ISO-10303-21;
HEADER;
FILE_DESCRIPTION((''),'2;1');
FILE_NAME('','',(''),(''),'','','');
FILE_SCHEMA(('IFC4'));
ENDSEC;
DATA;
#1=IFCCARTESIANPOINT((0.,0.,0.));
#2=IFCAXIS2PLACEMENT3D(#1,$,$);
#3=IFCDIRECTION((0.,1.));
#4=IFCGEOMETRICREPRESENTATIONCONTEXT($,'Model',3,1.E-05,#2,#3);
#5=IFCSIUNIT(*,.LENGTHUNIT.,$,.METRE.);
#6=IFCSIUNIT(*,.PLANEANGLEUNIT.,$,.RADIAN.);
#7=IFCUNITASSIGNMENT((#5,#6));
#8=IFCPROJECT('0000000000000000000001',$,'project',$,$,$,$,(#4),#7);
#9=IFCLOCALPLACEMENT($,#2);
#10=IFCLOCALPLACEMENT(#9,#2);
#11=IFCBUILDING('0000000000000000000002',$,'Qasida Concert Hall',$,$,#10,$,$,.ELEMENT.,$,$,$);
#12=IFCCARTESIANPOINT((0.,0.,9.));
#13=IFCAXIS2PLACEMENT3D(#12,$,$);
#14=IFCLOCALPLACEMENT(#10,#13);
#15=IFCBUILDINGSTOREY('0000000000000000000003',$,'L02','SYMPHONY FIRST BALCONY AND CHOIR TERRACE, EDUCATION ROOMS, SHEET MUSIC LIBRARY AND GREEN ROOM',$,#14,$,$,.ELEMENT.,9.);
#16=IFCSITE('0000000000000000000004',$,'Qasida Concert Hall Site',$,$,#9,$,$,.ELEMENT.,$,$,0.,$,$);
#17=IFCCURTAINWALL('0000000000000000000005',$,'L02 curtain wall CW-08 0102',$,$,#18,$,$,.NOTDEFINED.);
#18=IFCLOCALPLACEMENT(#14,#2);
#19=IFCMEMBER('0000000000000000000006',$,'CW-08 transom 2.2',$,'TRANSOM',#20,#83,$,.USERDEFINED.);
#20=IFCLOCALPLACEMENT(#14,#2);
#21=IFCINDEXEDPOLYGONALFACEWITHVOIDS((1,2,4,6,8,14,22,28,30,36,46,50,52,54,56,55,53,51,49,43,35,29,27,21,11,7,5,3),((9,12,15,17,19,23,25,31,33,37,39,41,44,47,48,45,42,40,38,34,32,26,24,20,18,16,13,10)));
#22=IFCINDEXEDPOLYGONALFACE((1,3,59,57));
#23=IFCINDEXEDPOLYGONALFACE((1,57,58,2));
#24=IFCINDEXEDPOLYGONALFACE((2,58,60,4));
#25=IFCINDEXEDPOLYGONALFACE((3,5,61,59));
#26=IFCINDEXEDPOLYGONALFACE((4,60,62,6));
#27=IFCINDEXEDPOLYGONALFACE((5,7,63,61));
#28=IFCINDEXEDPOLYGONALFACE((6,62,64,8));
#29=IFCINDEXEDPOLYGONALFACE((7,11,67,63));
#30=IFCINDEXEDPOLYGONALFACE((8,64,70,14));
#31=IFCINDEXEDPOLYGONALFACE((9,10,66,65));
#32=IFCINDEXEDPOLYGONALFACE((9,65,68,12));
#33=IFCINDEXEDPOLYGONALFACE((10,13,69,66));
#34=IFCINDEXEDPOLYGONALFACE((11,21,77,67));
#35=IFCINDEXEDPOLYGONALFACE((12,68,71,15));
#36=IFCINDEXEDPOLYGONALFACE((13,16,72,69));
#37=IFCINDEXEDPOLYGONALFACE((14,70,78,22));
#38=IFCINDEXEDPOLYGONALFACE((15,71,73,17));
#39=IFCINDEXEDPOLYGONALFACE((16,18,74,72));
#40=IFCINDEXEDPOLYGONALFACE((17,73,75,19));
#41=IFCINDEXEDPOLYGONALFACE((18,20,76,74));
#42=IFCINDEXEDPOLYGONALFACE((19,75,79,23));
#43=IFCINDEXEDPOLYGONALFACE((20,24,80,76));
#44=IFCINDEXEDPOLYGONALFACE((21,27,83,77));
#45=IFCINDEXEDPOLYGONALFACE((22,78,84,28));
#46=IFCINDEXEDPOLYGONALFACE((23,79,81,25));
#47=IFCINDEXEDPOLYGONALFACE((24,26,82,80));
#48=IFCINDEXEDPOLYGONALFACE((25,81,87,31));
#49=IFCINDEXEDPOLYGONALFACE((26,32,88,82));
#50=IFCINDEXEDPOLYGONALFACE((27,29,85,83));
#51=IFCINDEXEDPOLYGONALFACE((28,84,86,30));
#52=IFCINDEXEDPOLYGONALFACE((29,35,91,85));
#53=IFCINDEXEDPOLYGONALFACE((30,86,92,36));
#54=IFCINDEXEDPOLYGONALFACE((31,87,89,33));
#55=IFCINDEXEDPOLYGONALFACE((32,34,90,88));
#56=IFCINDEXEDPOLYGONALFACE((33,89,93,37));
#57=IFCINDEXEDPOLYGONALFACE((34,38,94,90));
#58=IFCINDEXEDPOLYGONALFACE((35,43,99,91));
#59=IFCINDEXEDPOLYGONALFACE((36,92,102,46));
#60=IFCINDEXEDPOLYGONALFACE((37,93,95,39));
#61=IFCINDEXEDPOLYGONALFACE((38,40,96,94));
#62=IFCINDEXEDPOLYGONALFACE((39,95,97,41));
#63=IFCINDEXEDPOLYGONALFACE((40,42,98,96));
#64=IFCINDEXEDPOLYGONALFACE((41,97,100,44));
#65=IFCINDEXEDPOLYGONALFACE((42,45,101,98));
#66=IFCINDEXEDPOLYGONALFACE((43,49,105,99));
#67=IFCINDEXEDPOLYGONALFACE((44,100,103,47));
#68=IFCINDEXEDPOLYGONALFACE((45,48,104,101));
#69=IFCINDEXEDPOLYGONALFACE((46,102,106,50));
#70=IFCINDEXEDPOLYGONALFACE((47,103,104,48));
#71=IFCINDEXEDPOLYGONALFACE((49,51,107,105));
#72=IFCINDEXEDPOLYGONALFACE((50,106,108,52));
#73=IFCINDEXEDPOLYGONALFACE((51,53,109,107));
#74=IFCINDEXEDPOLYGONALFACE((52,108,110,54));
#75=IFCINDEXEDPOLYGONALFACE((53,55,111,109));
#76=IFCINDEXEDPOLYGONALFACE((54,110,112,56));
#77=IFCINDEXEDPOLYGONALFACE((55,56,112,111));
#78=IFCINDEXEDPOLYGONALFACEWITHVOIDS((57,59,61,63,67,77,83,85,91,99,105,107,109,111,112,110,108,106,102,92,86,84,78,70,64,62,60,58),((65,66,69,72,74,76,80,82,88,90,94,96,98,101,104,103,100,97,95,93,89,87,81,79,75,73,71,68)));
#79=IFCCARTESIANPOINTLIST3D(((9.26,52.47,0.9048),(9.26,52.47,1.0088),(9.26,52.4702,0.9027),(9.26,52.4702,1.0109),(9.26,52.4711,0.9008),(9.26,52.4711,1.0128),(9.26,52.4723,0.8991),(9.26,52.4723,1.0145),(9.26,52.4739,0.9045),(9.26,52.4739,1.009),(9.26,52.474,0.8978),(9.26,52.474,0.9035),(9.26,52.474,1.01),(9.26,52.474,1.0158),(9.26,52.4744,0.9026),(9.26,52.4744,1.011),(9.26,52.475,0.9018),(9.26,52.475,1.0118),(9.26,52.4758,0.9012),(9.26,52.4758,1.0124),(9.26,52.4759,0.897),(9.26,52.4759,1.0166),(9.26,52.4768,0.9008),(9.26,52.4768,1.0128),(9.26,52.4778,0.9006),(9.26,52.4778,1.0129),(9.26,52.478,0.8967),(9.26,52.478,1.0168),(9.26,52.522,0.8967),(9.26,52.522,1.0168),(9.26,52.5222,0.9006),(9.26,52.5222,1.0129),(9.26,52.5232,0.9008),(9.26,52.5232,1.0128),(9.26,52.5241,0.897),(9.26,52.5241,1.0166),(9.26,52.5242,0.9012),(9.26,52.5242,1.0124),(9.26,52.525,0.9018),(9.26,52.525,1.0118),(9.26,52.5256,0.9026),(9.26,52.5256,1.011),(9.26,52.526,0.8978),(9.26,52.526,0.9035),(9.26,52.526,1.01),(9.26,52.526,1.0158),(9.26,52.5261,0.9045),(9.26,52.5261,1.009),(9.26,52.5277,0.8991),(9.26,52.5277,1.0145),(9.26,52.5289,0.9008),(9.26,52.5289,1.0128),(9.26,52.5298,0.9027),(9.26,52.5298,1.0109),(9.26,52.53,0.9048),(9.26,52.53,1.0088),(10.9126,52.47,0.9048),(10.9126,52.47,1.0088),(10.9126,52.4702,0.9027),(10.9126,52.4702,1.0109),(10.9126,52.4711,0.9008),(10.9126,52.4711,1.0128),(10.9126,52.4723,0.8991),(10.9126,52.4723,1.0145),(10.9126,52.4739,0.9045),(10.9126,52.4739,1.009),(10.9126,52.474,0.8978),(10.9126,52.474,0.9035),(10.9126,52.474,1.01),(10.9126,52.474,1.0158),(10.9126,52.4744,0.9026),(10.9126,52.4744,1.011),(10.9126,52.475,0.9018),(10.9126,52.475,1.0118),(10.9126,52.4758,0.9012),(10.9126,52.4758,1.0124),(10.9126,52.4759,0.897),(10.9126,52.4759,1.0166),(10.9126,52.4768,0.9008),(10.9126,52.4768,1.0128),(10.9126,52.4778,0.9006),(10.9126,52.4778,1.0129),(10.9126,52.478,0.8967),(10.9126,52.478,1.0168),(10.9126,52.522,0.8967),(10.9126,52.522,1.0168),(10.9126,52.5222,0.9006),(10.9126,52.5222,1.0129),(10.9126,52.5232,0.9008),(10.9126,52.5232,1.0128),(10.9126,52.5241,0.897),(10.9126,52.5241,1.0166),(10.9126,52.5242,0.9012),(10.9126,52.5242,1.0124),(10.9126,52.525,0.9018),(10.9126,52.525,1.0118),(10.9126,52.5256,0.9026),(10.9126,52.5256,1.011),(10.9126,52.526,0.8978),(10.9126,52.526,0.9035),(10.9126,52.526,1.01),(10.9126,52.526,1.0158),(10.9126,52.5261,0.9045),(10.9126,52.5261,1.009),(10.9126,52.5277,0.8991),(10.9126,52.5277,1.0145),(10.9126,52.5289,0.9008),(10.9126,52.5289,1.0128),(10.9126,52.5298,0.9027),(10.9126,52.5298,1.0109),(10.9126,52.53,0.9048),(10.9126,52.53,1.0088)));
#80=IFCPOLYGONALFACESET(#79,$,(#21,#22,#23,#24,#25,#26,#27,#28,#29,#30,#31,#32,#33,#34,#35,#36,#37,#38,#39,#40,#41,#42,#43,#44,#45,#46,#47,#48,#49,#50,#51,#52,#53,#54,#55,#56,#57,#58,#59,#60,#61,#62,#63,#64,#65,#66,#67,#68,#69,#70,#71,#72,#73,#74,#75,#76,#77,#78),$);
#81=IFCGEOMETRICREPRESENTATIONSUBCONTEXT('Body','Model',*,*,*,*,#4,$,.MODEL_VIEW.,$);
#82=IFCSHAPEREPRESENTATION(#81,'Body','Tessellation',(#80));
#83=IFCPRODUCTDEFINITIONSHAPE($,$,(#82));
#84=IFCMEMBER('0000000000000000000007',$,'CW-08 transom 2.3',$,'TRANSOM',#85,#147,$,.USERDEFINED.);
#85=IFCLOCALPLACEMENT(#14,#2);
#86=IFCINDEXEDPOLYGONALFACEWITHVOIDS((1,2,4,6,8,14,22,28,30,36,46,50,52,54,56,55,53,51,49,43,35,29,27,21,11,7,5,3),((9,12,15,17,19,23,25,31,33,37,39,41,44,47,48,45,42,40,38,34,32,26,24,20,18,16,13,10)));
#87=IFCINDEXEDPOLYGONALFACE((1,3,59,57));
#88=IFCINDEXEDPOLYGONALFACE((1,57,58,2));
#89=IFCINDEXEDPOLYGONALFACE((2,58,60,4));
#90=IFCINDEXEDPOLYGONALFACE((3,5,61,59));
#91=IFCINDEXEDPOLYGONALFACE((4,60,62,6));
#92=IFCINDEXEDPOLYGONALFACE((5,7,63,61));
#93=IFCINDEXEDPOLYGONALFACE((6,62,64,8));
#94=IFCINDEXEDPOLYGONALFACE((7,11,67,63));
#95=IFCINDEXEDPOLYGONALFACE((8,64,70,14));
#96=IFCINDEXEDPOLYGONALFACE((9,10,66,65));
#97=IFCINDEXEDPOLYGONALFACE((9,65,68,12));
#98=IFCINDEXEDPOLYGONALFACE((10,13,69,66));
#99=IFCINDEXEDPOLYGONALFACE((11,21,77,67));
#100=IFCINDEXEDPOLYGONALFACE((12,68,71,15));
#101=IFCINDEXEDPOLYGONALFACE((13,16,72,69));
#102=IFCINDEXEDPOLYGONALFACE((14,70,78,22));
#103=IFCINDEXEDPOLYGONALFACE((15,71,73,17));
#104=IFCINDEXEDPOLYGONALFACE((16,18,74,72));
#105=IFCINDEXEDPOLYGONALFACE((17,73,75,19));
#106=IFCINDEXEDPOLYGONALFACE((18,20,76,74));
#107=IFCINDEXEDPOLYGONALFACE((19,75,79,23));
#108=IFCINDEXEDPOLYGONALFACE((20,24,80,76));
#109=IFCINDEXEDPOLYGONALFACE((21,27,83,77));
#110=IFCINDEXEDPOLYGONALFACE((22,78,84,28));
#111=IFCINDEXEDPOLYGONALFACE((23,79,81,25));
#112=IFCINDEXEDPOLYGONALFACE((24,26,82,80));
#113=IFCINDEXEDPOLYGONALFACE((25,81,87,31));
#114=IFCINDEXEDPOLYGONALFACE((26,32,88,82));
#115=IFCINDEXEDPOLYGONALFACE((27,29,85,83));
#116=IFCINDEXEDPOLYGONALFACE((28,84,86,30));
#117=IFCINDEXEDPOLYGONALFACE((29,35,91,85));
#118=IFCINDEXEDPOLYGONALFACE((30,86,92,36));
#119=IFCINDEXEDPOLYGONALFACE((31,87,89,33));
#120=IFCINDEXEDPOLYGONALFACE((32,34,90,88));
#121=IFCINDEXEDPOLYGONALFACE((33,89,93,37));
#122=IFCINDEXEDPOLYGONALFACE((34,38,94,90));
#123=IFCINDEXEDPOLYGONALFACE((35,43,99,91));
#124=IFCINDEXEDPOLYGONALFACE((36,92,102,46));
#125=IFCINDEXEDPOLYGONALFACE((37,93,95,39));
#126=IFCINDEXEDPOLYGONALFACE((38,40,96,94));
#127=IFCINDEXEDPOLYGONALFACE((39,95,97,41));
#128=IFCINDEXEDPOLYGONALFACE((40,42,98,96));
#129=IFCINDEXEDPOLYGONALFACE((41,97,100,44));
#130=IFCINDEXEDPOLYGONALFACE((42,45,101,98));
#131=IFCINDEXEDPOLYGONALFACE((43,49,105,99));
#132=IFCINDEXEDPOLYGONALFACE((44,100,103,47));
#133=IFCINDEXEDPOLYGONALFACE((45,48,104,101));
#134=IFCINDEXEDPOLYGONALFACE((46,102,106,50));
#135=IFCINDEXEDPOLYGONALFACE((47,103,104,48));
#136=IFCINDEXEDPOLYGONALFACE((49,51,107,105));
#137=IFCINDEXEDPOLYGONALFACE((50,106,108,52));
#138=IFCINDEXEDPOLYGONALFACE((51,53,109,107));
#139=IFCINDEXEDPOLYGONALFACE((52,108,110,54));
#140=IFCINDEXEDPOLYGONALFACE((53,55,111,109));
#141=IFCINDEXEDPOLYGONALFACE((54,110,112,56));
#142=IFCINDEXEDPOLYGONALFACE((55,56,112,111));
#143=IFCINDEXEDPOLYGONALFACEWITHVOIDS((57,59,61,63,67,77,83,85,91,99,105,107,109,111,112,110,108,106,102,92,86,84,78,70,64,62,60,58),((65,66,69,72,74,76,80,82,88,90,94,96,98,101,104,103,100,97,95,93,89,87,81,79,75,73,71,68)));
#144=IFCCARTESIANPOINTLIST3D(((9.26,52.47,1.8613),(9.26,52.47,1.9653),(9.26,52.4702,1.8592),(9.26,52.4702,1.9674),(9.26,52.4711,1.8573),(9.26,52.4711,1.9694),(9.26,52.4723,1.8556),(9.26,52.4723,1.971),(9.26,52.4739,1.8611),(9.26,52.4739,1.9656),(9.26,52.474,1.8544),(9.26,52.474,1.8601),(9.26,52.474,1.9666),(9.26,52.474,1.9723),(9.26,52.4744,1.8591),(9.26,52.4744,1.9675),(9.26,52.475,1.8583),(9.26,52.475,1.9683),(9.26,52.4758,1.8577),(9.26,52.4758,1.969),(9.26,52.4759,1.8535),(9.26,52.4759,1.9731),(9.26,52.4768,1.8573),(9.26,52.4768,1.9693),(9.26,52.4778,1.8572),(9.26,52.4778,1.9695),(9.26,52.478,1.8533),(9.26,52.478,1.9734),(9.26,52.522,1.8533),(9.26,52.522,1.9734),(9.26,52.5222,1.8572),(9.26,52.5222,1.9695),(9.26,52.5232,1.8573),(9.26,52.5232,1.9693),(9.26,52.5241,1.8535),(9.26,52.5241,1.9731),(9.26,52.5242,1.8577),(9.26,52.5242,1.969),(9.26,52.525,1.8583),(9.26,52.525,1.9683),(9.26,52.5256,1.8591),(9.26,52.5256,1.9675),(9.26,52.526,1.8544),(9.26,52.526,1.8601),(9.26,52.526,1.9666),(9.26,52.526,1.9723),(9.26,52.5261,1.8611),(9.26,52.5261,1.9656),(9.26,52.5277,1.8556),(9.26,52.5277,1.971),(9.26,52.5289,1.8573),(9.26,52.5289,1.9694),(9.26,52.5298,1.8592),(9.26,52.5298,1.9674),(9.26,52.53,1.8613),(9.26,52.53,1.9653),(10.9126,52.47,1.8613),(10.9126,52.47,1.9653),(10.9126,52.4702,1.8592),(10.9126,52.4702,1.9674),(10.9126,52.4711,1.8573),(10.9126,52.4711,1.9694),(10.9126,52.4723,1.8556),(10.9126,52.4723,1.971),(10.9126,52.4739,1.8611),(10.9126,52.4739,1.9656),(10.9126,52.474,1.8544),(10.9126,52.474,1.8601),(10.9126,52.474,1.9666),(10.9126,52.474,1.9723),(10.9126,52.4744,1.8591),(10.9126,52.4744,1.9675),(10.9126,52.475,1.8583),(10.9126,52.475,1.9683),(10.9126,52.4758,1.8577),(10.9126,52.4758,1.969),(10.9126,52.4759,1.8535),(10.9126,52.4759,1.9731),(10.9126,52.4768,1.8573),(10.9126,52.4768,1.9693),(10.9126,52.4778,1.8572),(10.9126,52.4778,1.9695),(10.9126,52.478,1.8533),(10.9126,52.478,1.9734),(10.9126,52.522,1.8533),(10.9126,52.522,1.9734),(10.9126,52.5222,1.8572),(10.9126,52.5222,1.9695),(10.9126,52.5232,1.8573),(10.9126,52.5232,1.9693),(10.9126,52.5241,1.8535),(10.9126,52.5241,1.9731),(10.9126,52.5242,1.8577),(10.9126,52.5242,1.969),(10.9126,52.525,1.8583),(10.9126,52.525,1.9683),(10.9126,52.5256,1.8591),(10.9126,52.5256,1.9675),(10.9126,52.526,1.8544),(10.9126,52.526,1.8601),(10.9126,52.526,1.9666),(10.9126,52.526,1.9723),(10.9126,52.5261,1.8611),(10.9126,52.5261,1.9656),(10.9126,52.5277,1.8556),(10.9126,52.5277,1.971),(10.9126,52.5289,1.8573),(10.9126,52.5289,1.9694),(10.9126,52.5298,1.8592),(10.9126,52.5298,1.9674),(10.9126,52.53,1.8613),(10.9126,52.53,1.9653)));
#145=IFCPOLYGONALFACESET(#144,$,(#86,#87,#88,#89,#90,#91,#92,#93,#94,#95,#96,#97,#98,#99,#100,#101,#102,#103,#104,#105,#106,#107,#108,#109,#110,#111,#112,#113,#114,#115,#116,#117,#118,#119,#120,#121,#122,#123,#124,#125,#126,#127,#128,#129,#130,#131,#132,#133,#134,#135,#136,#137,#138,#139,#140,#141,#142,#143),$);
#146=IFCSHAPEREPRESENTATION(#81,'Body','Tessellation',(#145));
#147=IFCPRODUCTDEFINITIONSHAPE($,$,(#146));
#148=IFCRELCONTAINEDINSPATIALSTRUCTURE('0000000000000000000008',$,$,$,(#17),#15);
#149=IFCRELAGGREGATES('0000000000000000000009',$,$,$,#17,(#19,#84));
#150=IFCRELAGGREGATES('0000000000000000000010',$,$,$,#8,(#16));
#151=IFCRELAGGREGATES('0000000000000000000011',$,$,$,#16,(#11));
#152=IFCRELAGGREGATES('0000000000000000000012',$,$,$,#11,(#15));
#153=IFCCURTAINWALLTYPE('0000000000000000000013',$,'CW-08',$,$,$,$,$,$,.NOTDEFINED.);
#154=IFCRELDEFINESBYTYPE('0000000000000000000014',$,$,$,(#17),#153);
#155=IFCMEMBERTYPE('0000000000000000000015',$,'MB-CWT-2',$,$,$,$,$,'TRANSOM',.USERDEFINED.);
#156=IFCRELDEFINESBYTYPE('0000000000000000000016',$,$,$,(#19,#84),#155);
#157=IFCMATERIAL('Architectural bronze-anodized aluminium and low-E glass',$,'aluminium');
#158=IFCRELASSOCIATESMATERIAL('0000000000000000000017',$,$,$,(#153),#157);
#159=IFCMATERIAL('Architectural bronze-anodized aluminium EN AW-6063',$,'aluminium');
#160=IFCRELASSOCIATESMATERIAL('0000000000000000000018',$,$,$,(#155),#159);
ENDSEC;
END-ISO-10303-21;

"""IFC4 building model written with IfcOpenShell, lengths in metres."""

from ifc_helpers import new_model, si_unit, direction, frame, origin, origin_2d, place, context, subcontext, project, spatial, hollow_rectangle, extrude, material, material_profile, profile_set, type_object, element, aggregate, save


model = new_model("IFC4")

# Units and contexts
model_context = context("Model", 3, precision=1e-05, world=origin(), true_north=direction((0.0, 1.0)))
body_context = subcontext(model_context, "Body", "Model", "MODEL_VIEW")
ifc_project = project(units=[si_unit("LENGTHUNIT", "METRE"), si_unit("PLANEANGLEUNIT", "RADIAN")], contexts=[model_context])

# Site, building, storey
site_placement = place(None, origin())
site = spatial("IfcSite", under=ifc_project, at=site_placement, Name="Qasida Concert Hall Site", CompositionType="ELEMENT", RefElevation=0.0)
building_placement = place(site_placement, origin())
building = spatial("IfcBuilding", under=site, at=building_placement, Name="Qasida Concert Hall", CompositionType="ELEMENT")
storey_placement = place(building_placement, frame((0.0, 0.0, 9.0)))
storey = spatial("IfcBuildingStorey", under=building, at=storey_placement, Name="L02", Description="SYMPHONY FIRST BALCONY AND CHOIR TERRACE, EDUCATION ROOMS, SHEET MUSIC LIBRARY AND GREEN ROOM", CompositionType="ELEMENT", Elevation=9.0)

# Curtain wall, members
ifc_material_1 = material(Name="Architectural bronze-anodized aluminium and low-E glass", Category="aluminium")
curtain_wall_type = type_object("IfcCurtainWallType", Name="CW-08", PredefinedType="NOTDEFINED", material=ifc_material_1)
curtain_wall_placement = place(storey_placement, origin())
curtain_wall = element("IfcCurtainWall", 1, at=curtain_wall_placement, inside=storey, type_object=curtain_wall_type, Name="L02 curtain wall CW-08 0102", PredefinedType="NOTDEFINED")
ifc_material_2 = material(Name="Architectural bronze-anodized aluminium EN AW-6063", Category="aluminium")
ifc_material_profile_1 = material_profile(ifc_material_2, hollow_rectangle(XDim=0.0601, YDim=0.1201, WallThickness=0.0039, InnerFilletRadius=0.0039, OuterFilletRadius=0.0081, at=origin_2d()), Name="CWT 120x60x4")
ifc_profile_set_1 = profile_set([ifc_material_profile_1], Name="Architectural bronze-anodized aluminium EN AW-6063")
member_type_1 = type_object("IfcMemberType", Name="MB-CWT-2", ElementType="TRANSOM", PredefinedType="USERDEFINED", material=ifc_profile_set_1)
member_1_placement = place(storey_placement, frame((9.26, 52.5, 0.9568), z_axis=(1.0, 0.0, 0.0), x_axis=(0.0, 1.0, 0.0)))
member_1 = element("IfcMember", 2, at=member_1_placement, type_object=member_type_1, Name="CW-08 transom 2.2", ObjectType="TRANSOM", PredefinedType="USERDEFINED", context=body_context, shape_type="SweptSolid", body=[
    extrude(hollow_rectangle(XDim=0.0601, YDim=0.1201, WallThickness=0.0039, InnerFilletRadius=0.0039, OuterFilletRadius=0.0081, at=origin_2d()), origin(), (0.0, 0.0, 1.0), 1.6526),
])
member_2_placement = place(storey_placement, frame((9.26, 52.5, 1.9133), z_axis=(1.0, 0.0, 0.0), x_axis=(0.0, 1.0, 0.0)))
member_2 = element("IfcMember", 3, at=member_2_placement, type_object=member_type_1, Name="CW-08 transom 2.3", ObjectType="TRANSOM", PredefinedType="USERDEFINED", context=body_context, shape_type="SweptSolid", body=[
    extrude(hollow_rectangle(XDim=0.0601, YDim=0.1201, WallThickness=0.0039, InnerFilletRadius=0.0039, OuterFilletRadius=0.0081, at=origin_2d()), origin(), (0.0, 0.0, 1.0), 1.6526),
])
aggregate(curtain_wall, [member_1, member_2])

save(model, "model.ifc")
